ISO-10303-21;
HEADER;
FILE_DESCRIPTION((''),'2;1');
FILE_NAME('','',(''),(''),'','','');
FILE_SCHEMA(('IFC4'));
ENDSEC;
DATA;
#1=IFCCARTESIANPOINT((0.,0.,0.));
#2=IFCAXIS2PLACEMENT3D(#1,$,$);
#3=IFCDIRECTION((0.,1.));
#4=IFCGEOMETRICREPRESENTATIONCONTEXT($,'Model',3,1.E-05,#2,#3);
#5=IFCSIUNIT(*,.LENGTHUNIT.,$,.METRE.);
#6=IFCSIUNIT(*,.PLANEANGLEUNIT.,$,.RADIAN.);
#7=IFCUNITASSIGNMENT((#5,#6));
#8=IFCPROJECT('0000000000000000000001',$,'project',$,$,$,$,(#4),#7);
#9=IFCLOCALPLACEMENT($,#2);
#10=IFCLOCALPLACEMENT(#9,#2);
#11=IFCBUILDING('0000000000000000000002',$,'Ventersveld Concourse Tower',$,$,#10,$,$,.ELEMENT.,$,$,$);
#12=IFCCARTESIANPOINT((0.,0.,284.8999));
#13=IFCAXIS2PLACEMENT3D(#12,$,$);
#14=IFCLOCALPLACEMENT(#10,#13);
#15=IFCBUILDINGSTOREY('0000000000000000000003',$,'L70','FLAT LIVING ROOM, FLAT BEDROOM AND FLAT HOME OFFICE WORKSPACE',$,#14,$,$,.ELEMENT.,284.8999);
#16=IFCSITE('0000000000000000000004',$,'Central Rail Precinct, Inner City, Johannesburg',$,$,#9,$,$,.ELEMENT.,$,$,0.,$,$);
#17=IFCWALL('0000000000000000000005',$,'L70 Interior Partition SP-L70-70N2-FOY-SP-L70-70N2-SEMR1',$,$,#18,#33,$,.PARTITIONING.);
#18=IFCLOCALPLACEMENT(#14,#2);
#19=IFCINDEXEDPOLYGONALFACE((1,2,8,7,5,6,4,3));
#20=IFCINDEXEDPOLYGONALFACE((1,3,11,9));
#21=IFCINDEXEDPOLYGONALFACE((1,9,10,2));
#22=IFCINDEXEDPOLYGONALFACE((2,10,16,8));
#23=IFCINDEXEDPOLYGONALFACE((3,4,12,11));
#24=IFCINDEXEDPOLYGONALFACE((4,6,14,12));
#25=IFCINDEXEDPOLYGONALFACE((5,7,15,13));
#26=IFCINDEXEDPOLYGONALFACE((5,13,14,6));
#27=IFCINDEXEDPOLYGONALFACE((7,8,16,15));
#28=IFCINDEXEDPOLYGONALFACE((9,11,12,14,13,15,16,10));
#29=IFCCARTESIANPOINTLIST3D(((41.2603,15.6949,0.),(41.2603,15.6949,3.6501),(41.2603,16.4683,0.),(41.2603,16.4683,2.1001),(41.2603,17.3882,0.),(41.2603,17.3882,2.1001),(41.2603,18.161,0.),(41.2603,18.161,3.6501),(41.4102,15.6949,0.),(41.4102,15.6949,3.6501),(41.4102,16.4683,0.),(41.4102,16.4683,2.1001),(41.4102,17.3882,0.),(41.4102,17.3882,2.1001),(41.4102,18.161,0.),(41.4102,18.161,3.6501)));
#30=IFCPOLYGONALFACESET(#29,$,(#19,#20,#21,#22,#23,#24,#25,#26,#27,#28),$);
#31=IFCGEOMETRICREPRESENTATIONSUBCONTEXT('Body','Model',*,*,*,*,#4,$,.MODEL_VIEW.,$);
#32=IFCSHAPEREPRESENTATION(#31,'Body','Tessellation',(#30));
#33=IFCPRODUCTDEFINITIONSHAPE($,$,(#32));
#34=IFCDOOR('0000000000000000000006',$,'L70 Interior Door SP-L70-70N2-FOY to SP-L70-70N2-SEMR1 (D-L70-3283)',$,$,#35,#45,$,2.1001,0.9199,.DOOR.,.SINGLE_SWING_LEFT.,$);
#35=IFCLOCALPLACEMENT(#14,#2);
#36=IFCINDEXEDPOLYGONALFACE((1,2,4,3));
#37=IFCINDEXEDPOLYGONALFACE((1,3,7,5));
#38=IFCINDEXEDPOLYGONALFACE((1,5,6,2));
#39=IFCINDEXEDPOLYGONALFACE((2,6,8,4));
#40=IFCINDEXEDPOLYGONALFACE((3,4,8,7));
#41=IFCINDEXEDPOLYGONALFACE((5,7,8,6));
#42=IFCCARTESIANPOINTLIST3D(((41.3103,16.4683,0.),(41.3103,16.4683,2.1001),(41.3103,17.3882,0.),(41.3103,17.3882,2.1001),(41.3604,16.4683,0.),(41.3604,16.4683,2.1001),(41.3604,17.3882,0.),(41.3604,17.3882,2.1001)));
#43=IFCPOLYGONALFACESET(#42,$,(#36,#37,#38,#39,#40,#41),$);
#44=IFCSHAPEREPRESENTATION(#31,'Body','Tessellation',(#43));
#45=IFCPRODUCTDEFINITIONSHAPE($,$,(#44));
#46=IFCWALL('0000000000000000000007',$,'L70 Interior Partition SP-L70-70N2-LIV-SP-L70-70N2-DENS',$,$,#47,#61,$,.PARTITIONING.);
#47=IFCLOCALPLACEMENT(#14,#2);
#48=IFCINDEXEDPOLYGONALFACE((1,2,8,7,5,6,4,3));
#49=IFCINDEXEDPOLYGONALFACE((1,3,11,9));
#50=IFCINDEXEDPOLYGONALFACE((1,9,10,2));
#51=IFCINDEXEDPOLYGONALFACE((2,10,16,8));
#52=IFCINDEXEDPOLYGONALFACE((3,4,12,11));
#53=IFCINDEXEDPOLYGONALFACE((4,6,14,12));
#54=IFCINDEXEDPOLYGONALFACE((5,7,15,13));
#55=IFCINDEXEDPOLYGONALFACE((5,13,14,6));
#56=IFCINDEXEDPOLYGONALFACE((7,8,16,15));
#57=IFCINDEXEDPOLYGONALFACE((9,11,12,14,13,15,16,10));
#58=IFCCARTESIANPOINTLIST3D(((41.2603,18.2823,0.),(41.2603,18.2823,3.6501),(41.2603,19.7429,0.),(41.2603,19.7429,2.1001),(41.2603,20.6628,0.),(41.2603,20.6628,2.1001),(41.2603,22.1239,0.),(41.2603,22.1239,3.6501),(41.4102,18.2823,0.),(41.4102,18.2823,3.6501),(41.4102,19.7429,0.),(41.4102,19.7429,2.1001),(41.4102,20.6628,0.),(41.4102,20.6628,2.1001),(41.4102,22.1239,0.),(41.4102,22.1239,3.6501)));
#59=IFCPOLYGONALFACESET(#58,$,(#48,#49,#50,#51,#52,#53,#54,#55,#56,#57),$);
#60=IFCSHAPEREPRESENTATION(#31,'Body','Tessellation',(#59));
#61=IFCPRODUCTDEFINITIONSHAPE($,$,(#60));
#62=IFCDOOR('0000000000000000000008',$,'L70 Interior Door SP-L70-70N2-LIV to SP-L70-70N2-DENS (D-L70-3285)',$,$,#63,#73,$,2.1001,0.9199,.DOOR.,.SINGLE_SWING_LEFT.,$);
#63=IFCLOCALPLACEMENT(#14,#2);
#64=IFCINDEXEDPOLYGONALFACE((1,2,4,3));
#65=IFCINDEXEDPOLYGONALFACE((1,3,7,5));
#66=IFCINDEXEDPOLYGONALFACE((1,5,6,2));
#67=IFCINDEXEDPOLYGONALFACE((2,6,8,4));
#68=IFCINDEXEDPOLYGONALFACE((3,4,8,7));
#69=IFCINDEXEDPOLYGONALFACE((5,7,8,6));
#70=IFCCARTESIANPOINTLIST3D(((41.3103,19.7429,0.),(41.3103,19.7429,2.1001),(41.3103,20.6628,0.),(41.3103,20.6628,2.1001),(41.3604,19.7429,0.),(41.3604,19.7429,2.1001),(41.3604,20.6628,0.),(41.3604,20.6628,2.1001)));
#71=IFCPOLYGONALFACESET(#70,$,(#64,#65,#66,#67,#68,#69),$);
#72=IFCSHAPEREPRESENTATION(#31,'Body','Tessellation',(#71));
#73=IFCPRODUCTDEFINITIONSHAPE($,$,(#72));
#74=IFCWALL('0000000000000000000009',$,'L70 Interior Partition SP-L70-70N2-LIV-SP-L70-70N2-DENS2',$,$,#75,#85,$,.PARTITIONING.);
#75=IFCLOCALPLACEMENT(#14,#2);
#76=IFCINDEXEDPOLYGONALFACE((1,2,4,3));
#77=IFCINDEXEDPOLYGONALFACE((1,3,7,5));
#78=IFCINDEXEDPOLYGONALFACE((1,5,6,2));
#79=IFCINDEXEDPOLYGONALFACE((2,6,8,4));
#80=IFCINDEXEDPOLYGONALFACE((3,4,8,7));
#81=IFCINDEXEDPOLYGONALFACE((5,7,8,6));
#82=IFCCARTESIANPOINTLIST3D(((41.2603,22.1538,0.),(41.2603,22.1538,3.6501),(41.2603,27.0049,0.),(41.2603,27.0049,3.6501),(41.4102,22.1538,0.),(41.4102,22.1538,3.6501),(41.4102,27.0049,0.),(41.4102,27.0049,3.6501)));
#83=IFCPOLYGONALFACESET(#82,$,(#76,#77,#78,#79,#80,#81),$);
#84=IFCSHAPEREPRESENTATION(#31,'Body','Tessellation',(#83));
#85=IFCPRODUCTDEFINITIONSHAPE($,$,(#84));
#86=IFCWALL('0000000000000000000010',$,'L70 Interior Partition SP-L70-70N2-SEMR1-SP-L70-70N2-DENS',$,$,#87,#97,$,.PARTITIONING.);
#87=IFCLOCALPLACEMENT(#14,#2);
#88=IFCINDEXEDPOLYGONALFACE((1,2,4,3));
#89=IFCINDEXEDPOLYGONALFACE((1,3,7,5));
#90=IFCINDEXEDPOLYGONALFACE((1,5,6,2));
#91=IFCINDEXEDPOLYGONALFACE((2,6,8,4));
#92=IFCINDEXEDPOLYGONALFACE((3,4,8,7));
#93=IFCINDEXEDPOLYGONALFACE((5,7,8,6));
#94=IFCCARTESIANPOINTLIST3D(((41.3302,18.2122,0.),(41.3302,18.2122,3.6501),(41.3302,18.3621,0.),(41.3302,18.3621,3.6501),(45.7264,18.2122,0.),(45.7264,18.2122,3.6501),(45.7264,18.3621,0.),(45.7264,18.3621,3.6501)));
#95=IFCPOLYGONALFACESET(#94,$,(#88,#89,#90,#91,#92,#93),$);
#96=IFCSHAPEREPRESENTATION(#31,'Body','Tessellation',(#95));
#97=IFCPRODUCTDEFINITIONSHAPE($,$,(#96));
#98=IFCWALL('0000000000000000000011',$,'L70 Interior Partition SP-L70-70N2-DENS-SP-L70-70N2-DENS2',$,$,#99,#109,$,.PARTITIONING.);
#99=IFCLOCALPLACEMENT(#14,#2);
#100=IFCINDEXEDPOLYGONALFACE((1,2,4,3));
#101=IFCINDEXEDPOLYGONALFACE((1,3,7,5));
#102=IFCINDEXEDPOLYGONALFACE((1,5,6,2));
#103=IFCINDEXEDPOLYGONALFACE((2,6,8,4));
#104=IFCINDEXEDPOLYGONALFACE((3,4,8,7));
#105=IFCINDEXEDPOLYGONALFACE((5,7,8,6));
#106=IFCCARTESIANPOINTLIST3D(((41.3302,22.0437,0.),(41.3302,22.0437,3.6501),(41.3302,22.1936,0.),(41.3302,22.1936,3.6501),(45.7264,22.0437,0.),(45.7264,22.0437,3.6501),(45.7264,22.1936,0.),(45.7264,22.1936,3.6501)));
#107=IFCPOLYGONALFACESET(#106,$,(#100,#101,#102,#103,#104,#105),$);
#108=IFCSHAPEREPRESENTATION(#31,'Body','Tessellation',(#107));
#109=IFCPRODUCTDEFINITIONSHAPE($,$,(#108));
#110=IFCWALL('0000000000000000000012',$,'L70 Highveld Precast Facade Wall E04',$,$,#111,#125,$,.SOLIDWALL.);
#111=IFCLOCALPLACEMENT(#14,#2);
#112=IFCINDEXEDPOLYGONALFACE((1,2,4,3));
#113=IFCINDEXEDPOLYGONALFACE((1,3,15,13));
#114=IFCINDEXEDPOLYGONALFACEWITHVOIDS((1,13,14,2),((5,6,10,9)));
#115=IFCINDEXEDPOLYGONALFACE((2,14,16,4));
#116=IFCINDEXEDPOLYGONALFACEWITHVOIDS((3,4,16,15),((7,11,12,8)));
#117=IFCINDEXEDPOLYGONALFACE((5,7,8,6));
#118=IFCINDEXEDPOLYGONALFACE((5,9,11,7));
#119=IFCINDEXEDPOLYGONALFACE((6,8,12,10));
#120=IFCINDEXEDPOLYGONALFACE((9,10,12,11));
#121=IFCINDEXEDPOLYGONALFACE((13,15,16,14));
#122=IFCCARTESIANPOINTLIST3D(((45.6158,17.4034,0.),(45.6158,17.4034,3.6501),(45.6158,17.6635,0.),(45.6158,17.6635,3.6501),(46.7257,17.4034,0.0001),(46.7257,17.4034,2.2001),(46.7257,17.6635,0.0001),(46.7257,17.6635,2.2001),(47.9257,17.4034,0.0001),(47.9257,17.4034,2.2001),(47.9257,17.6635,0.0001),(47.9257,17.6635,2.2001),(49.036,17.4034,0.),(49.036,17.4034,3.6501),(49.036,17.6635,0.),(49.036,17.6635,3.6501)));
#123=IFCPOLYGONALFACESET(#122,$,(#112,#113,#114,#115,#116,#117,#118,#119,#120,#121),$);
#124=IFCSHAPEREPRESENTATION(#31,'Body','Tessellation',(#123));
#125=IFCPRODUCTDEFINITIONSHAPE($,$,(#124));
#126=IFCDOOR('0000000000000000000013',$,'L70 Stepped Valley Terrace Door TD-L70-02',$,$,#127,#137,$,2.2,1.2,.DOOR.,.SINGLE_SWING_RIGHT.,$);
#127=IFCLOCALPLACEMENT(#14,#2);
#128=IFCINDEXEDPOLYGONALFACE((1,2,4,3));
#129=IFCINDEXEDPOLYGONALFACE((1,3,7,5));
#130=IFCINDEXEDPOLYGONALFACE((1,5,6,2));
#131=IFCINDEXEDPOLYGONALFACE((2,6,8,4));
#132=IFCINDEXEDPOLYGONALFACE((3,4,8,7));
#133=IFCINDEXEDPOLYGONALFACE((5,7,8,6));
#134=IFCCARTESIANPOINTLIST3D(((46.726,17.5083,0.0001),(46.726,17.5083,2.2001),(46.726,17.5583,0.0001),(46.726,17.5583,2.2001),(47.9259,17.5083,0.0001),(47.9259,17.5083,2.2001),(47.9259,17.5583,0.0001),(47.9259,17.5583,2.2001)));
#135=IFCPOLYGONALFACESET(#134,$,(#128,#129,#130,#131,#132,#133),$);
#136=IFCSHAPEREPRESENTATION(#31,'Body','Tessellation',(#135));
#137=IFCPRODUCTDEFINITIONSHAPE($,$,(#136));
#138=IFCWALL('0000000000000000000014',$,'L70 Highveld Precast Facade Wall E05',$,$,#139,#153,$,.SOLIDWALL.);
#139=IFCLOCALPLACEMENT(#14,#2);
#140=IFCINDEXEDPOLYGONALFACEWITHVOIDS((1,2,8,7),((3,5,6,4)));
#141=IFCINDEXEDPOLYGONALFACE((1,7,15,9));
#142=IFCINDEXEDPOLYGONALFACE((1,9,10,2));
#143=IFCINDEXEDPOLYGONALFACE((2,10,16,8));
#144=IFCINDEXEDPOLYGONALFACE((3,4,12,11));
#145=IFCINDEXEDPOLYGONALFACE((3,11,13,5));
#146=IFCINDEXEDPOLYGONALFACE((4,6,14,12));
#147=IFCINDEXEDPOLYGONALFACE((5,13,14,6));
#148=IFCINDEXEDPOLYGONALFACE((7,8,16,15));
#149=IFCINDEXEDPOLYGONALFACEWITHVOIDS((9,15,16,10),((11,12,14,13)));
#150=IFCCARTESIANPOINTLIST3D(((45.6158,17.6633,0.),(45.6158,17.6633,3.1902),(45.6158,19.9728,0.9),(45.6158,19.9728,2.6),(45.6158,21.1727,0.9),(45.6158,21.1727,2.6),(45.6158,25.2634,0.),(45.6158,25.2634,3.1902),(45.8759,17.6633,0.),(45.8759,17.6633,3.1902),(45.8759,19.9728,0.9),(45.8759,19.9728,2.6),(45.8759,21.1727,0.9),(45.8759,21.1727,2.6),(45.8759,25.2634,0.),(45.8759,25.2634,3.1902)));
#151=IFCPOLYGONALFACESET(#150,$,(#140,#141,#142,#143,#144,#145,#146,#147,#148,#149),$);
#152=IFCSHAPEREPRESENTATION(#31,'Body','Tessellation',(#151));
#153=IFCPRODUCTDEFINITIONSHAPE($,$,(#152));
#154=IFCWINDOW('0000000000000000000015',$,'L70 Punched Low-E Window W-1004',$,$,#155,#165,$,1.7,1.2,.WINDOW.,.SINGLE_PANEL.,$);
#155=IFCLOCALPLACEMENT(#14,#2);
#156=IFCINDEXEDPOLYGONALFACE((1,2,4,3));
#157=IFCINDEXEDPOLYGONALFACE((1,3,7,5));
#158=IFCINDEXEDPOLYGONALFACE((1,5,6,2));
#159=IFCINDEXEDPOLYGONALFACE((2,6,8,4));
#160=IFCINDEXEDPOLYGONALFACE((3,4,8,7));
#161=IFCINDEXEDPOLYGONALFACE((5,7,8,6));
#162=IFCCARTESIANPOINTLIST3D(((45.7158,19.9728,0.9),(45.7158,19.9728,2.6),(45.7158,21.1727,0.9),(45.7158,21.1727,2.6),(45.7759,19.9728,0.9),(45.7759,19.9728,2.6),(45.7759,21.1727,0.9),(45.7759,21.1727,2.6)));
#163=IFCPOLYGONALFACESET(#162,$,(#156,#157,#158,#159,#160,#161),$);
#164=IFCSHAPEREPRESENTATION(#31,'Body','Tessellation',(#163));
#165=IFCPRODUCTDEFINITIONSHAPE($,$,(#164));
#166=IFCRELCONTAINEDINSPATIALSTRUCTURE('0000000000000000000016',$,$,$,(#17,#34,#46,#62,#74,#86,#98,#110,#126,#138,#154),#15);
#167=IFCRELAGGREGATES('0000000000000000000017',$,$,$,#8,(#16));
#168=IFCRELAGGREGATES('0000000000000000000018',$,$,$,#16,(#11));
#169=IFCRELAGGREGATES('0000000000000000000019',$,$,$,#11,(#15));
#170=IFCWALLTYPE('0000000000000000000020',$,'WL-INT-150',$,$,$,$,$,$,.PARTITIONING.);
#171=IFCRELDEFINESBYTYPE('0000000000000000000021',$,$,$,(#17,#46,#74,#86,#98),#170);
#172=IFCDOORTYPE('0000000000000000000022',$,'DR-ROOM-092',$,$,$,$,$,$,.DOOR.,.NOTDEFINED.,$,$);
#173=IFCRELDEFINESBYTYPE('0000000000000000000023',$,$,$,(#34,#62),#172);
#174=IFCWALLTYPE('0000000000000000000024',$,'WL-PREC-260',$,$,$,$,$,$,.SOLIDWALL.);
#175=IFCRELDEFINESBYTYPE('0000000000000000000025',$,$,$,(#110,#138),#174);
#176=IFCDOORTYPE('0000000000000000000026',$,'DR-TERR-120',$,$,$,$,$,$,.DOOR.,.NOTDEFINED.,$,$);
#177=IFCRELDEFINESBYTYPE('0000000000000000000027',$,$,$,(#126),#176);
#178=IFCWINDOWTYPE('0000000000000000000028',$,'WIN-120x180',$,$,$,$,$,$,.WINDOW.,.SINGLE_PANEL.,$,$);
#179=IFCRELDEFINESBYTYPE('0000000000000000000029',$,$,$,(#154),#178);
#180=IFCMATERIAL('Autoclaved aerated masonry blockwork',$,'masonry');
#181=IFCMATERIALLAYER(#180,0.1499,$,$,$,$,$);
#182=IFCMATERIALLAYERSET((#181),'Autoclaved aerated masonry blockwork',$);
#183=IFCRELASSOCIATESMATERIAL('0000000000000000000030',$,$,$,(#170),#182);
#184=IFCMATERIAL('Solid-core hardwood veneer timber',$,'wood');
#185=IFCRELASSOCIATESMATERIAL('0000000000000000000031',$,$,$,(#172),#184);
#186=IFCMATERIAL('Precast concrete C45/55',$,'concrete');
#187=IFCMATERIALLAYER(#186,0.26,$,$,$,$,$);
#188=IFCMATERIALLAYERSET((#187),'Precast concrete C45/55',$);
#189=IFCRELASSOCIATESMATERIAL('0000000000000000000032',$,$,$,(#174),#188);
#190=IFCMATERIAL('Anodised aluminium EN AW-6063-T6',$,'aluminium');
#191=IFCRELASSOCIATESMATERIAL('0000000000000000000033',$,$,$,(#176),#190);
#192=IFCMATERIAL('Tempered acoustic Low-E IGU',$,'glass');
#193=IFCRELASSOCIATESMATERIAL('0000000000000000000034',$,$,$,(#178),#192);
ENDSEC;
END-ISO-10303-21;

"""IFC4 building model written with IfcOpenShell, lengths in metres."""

from ifc_helpers import new_model, si_unit, direction, frame, frame_2d, origin, place, context, subcontext, project, spatial, rectangle, extrude, material, layer, layer_set, type_object, element, fill, save


model = new_model("IFC4")

# Units and contexts
model_context = context("Model", 3, precision=1e-05, world=origin(), true_north=direction((0.0, 1.0)))
body_context = subcontext(model_context, "Body", "Model", "MODEL_VIEW")
ifc_project = project(units=[si_unit("LENGTHUNIT", "METRE"), si_unit("PLANEANGLEUNIT", "RADIAN")], contexts=[model_context])

# Site, building, storey
site_placement = place(None, origin())
site = spatial("IfcSite", under=ifc_project, at=site_placement, Name="Central Rail Precinct, Inner City, Johannesburg", CompositionType="ELEMENT", RefElevation=0.0)
building_placement = place(site_placement, origin())
building = spatial("IfcBuilding", under=site, at=building_placement, Name="Ventersveld Concourse Tower", CompositionType="ELEMENT")
storey_placement = place(building_placement, frame((0.0, 0.0, 284.8999)))
storey = spatial("IfcBuildingStorey", under=building, at=storey_placement, Name="L70", Description="FLAT LIVING ROOM, FLAT BEDROOM AND FLAT HOME OFFICE WORKSPACE", CompositionType="ELEMENT", Elevation=284.8999)

# Shared definitions
ifc_material_1 = material(Name="Solid-core hardwood veneer timber", Category="wood")

# Walls, openings, doors
ifc_material_2 = material(Name="Autoclaved aerated masonry blockwork", Category="masonry")
ifc_layer_1 = layer(ifc_material_2, 0.1499)
ifc_layer_set_1 = layer_set([ifc_layer_1], Name="Autoclaved aerated masonry blockwork")
wall_type_1 = type_object("IfcWallType", Name="WL-INT-150", PredefinedType="PARTITIONING", material=ifc_layer_set_1)
door_type_1 = type_object("IfcDoorType", Name="DR-ROOM-092", OperationType="NOTDEFINED", PredefinedType="DOOR", material=ifc_material_1)
wall_1_placement = place(storey_placement, frame((41.3352, 15.6951, 0.0), z_axis=(0.0, 0.0, 1.0), x_axis=(0.0, 1.0, 0.0)))
wall_1 = element("IfcWall", 1, at=wall_1_placement, inside=storey, type_object=wall_type_1, Name="L70 Interior Partition SP-L70-70N2-FOY-SP-L70-70N2-SEMR1", PredefinedType="PARTITIONING", context=body_context, shape_type="SweptSolid", body=[
    extrude(rectangle(XDim=2.4661, YDim=0.1499, at=frame_2d((1.2329, 0.0))), origin(), (0.0, 0.0, 1.0), 3.6501),
])
opening_1_placement = place(wall_1_placement, frame((0.7732, 0.0, 0.0)))
opening_1 = element("IfcOpeningElement", 2, at=opening_1_placement, cuts=wall_1, PredefinedType="OPENING", context=body_context, shape_type="SweptSolid", body=[
    extrude(rectangle(XDim=0.9199, YDim=2.1001, at=frame_2d((0.46, 1.05))), frame((0.0, 0.085, 0.0), z_axis=(0.0, -1.0, 0.0), x_axis=(1.0, 0.0, 0.0)), (0.0, 0.0, 1.0), 0.1699),
])
door_1_placement = place(opening_1_placement, origin())
door_1 = element("IfcDoor", 3, at=door_1_placement, inside=storey, type_object=door_type_1, Name="L70 Interior Door SP-L70-70N2-FOY to SP-L70-70N2-SEMR1 (D-L70-3283)", OperationType="SINGLE_SWING_LEFT", OverallHeight=2.1001, OverallWidth=0.9199, PredefinedType="DOOR", context=body_context, shape_type="SweptSolid", body=[
    extrude(rectangle(XDim=0.9199, YDim=2.1001, at=frame_2d((0.46, 1.05))), frame((0.0, 0.0249, 0.0), z_axis=(0.0, -1.0, 0.0), x_axis=(1.0, 0.0, 0.0)), (0.0, 0.0, 1.0), 0.05),
])
fill(opening_1, door_1)
wall_2_placement = place(storey_placement, frame((41.3352, 18.2822, 0.0), z_axis=(0.0, 0.0, 1.0), x_axis=(0.0, 1.0, 0.0)))
wall_2 = element("IfcWall", 4, at=wall_2_placement, inside=storey, type_object=wall_type_1, Name="L70 Interior Partition SP-L70-70N2-LIV-SP-L70-70N2-DENS", PredefinedType="PARTITIONING", context=body_context, shape_type="SweptSolid", body=[
    extrude(rectangle(XDim=3.8416, YDim=0.1499, at=frame_2d((1.9209, 0.0))), origin(), (0.0, 0.0, 1.0), 3.6501),
])
opening_2_placement = place(wall_2_placement, frame((1.4607, 0.0, 0.0)))
opening_2 = element("IfcOpeningElement", 5, at=opening_2_placement, cuts=wall_2, PredefinedType="OPENING", context=body_context, shape_type="SweptSolid", body=[
    extrude(rectangle(XDim=0.9199, YDim=2.1001, at=frame_2d((0.46, 1.05))), frame((0.0, 0.085, 0.0), z_axis=(0.0, -1.0, 0.0), x_axis=(1.0, 0.0, 0.0)), (0.0, 0.0, 1.0), 0.1699),
])
door_2_placement = place(opening_2_placement, origin())
door_2 = element("IfcDoor", 6, at=door_2_placement, inside=storey, type_object=door_type_1, Name="L70 Interior Door SP-L70-70N2-LIV to SP-L70-70N2-DENS (D-L70-3285)", OperationType="SINGLE_SWING_LEFT", OverallHeight=2.1001, OverallWidth=0.9199, PredefinedType="DOOR", context=body_context, shape_type="SweptSolid", body=[
    extrude(rectangle(XDim=0.9199, YDim=2.1001, at=frame_2d((0.46, 1.05))), frame((0.0, 0.0249, 0.0), z_axis=(0.0, -1.0, 0.0), x_axis=(1.0, 0.0, 0.0)), (0.0, 0.0, 1.0), 0.05),
])
fill(opening_2, door_2)

# Walls
wall_3_placement = place(storey_placement, frame((41.3352, 22.1538, 0.0), z_axis=(0.0, 0.0, 1.0), x_axis=(0.0, 1.0, 0.0)))
element("IfcWall", 7, at=wall_3_placement, inside=storey, type_object=wall_type_1, Name="L70 Interior Partition SP-L70-70N2-LIV-SP-L70-70N2-DENS2", PredefinedType="PARTITIONING", context=body_context, shape_type="SweptSolid", body=[
    extrude(rectangle(XDim=4.8511, YDim=0.1499, at=frame_2d((2.4255, 0.0))), origin(), (0.0, 0.0, 1.0), 3.6501),
])
for number, where, z_axis, x_axis, name in (
    (8, (41.3301, 18.2871, 0.0), (0.0, 0.0, 1.0), (1.0, 0.0, 0.0), "L70 Interior Partition SP-L70-70N2-SEMR1-SP-L70-70N2-DENS"),
    (9, (41.3301, 22.1187, 0.0), (0.0, 0.0, 1.0), (1.0, 0.0, 0.0), "L70 Interior Partition SP-L70-70N2-DENS-SP-L70-70N2-DENS2"),
):
    element("IfcWall", number, at=place(storey_placement, frame(where, z_axis=z_axis, x_axis=x_axis)), inside=storey, type_object=wall_type_1, Name=name, PredefinedType="PARTITIONING", context=body_context, shape_type="SweptSolid", body=[
        extrude(rectangle(XDim=4.3962, YDim=0.1499, at=frame_2d((2.1982, 0.0))), origin(), (0.0, 0.0, 1.0), 3.6501),
    ])

# Wall, opening, door
ifc_material_3 = material(Name="Precast concrete C45/55", Category="concrete")
ifc_layer_2 = layer(ifc_material_3, 0.26)
ifc_layer_set_2 = layer_set([ifc_layer_2], Name="Precast concrete C45/55")
wall_type_2 = type_object("IfcWallType", Name="WL-PREC-260", PredefinedType="SOLIDWALL", material=ifc_layer_set_2)
wall_4_placement = place(storey_placement, frame((49.0359, 17.5334, 0.0), z_axis=(0.0, 0.0, 1.0), x_axis=(-1.0, 0.0, 0.0)))
wall_4 = element("IfcWall", 10, at=wall_4_placement, inside=storey, type_object=wall_type_2, Name="L70 Highveld Precast Facade Wall E04", PredefinedType="SOLIDWALL", context=body_context, shape_type="SweptSolid", body=[
    extrude(rectangle(XDim=3.4202, YDim=0.26, at=frame_2d((1.71, 0.0))), origin(), (0.0, 0.0, 1.0), 3.6501),
])
opening_3_placement = place(wall_4_placement, frame((1.1101, 0.0, 0.0)))
opening_3 = element("IfcOpeningElement", 11, at=opening_3_placement, cuts=wall_4, PredefinedType="OPENING", context=body_context, shape_type="SweptSolid", body=[
    extrude(rectangle(XDim=1.2, YDim=2.2, at=frame_2d((0.6001, 1.1001))), frame((0.0, 0.1401, 0.0), z_axis=(0.0, -1.0, 0.0), x_axis=(1.0, 0.0, 0.0)), (0.0, 0.0, 1.0), 0.28),
])
ifc_material_4 = material(Name="Anodised aluminium EN AW-6063-T6", Category="aluminium")
door_type_2 = type_object("IfcDoorType", Name="DR-TERR-120", OperationType="NOTDEFINED", PredefinedType="DOOR", material=ifc_material_4)
door_3_placement = place(opening_3_placement, frame((1.2, 0.0, 0.0), z_axis=(0.0, 0.0, 1.0), x_axis=(-1.0, 0.0, 0.0)))
door_3 = element("IfcDoor", 12, at=door_3_placement, inside=storey, type_object=door_type_2, Name="L70 Stepped Valley Terrace Door TD-L70-02", OperationType="SINGLE_SWING_RIGHT", OverallHeight=2.2, OverallWidth=1.2, PredefinedType="DOOR", context=body_context, shape_type="SweptSolid", body=[
    extrude(rectangle(XDim=1.2, YDim=2.2, at=frame_2d((0.6001, 1.1001))), frame((0.0, 0.0249, 0.0), z_axis=(0.0, -1.0, 0.0), x_axis=(1.0, 0.0, 0.0)), (0.0, 0.0, 1.0), 0.05),
])
fill(opening_3, door_3)

# Wall, opening, window
wall_5_placement = place(storey_placement, frame((45.7458, 17.6633, 0.0), z_axis=(0.0, 0.0, 1.0), x_axis=(0.0, 1.0, 0.0)))
wall_5 = element("IfcWall", 13, at=wall_5_placement, inside=storey, type_object=wall_type_2, Name="L70 Highveld Precast Facade Wall E05", PredefinedType="SOLIDWALL", context=body_context, shape_type="SweptSolid", body=[
    extrude(rectangle(XDim=7.6001, YDim=0.26, at=frame_2d((3.8, 0.0))), origin(), (0.0, 0.0, 1.0), 3.1902),
])
opening_4_placement = place(wall_5_placement, frame((2.3093, 0.0, 0.8999)))
opening_4 = element("IfcOpeningElement", 14, at=opening_4_placement, cuts=wall_5, PredefinedType="OPENING", context=body_context, shape_type="SweptSolid", body=[
    extrude(rectangle(XDim=1.2, YDim=1.7, at=frame_2d((0.6001, 0.8501))), frame((0.0, 0.1401, 0.0), z_axis=(0.0, -1.0, 0.0), x_axis=(1.0, 0.0, 0.0)), (0.0, 0.0, 1.0), 0.28),
])
ifc_material_5 = material(Name="Tempered acoustic Low-E IGU", Category="glass")
window_type = type_object("IfcWindowType", Name="WIN-120x180", PartitioningType="SINGLE_PANEL", PredefinedType="WINDOW", material=ifc_material_5)
window_placement = place(opening_4_placement, origin())
window = element("IfcWindow", 15, at=window_placement, inside=storey, type_object=window_type, Name="L70 Punched Low-E Window W-1004", OverallHeight=1.7, OverallWidth=1.2, PartitioningType="SINGLE_PANEL", PredefinedType="WINDOW", context=body_context, shape_type="SweptSolid", body=[
    extrude(rectangle(XDim=1.2, YDim=1.7, at=frame_2d((0.6001, 0.8501))), frame((0.0, 0.03, 0.0), z_axis=(0.0, -1.0, 0.0), x_axis=(1.0, 0.0, 0.0)), (0.0, 0.0, 1.0), 0.0601),
])
fill(opening_4, window)

save(model, "model.ifc")
